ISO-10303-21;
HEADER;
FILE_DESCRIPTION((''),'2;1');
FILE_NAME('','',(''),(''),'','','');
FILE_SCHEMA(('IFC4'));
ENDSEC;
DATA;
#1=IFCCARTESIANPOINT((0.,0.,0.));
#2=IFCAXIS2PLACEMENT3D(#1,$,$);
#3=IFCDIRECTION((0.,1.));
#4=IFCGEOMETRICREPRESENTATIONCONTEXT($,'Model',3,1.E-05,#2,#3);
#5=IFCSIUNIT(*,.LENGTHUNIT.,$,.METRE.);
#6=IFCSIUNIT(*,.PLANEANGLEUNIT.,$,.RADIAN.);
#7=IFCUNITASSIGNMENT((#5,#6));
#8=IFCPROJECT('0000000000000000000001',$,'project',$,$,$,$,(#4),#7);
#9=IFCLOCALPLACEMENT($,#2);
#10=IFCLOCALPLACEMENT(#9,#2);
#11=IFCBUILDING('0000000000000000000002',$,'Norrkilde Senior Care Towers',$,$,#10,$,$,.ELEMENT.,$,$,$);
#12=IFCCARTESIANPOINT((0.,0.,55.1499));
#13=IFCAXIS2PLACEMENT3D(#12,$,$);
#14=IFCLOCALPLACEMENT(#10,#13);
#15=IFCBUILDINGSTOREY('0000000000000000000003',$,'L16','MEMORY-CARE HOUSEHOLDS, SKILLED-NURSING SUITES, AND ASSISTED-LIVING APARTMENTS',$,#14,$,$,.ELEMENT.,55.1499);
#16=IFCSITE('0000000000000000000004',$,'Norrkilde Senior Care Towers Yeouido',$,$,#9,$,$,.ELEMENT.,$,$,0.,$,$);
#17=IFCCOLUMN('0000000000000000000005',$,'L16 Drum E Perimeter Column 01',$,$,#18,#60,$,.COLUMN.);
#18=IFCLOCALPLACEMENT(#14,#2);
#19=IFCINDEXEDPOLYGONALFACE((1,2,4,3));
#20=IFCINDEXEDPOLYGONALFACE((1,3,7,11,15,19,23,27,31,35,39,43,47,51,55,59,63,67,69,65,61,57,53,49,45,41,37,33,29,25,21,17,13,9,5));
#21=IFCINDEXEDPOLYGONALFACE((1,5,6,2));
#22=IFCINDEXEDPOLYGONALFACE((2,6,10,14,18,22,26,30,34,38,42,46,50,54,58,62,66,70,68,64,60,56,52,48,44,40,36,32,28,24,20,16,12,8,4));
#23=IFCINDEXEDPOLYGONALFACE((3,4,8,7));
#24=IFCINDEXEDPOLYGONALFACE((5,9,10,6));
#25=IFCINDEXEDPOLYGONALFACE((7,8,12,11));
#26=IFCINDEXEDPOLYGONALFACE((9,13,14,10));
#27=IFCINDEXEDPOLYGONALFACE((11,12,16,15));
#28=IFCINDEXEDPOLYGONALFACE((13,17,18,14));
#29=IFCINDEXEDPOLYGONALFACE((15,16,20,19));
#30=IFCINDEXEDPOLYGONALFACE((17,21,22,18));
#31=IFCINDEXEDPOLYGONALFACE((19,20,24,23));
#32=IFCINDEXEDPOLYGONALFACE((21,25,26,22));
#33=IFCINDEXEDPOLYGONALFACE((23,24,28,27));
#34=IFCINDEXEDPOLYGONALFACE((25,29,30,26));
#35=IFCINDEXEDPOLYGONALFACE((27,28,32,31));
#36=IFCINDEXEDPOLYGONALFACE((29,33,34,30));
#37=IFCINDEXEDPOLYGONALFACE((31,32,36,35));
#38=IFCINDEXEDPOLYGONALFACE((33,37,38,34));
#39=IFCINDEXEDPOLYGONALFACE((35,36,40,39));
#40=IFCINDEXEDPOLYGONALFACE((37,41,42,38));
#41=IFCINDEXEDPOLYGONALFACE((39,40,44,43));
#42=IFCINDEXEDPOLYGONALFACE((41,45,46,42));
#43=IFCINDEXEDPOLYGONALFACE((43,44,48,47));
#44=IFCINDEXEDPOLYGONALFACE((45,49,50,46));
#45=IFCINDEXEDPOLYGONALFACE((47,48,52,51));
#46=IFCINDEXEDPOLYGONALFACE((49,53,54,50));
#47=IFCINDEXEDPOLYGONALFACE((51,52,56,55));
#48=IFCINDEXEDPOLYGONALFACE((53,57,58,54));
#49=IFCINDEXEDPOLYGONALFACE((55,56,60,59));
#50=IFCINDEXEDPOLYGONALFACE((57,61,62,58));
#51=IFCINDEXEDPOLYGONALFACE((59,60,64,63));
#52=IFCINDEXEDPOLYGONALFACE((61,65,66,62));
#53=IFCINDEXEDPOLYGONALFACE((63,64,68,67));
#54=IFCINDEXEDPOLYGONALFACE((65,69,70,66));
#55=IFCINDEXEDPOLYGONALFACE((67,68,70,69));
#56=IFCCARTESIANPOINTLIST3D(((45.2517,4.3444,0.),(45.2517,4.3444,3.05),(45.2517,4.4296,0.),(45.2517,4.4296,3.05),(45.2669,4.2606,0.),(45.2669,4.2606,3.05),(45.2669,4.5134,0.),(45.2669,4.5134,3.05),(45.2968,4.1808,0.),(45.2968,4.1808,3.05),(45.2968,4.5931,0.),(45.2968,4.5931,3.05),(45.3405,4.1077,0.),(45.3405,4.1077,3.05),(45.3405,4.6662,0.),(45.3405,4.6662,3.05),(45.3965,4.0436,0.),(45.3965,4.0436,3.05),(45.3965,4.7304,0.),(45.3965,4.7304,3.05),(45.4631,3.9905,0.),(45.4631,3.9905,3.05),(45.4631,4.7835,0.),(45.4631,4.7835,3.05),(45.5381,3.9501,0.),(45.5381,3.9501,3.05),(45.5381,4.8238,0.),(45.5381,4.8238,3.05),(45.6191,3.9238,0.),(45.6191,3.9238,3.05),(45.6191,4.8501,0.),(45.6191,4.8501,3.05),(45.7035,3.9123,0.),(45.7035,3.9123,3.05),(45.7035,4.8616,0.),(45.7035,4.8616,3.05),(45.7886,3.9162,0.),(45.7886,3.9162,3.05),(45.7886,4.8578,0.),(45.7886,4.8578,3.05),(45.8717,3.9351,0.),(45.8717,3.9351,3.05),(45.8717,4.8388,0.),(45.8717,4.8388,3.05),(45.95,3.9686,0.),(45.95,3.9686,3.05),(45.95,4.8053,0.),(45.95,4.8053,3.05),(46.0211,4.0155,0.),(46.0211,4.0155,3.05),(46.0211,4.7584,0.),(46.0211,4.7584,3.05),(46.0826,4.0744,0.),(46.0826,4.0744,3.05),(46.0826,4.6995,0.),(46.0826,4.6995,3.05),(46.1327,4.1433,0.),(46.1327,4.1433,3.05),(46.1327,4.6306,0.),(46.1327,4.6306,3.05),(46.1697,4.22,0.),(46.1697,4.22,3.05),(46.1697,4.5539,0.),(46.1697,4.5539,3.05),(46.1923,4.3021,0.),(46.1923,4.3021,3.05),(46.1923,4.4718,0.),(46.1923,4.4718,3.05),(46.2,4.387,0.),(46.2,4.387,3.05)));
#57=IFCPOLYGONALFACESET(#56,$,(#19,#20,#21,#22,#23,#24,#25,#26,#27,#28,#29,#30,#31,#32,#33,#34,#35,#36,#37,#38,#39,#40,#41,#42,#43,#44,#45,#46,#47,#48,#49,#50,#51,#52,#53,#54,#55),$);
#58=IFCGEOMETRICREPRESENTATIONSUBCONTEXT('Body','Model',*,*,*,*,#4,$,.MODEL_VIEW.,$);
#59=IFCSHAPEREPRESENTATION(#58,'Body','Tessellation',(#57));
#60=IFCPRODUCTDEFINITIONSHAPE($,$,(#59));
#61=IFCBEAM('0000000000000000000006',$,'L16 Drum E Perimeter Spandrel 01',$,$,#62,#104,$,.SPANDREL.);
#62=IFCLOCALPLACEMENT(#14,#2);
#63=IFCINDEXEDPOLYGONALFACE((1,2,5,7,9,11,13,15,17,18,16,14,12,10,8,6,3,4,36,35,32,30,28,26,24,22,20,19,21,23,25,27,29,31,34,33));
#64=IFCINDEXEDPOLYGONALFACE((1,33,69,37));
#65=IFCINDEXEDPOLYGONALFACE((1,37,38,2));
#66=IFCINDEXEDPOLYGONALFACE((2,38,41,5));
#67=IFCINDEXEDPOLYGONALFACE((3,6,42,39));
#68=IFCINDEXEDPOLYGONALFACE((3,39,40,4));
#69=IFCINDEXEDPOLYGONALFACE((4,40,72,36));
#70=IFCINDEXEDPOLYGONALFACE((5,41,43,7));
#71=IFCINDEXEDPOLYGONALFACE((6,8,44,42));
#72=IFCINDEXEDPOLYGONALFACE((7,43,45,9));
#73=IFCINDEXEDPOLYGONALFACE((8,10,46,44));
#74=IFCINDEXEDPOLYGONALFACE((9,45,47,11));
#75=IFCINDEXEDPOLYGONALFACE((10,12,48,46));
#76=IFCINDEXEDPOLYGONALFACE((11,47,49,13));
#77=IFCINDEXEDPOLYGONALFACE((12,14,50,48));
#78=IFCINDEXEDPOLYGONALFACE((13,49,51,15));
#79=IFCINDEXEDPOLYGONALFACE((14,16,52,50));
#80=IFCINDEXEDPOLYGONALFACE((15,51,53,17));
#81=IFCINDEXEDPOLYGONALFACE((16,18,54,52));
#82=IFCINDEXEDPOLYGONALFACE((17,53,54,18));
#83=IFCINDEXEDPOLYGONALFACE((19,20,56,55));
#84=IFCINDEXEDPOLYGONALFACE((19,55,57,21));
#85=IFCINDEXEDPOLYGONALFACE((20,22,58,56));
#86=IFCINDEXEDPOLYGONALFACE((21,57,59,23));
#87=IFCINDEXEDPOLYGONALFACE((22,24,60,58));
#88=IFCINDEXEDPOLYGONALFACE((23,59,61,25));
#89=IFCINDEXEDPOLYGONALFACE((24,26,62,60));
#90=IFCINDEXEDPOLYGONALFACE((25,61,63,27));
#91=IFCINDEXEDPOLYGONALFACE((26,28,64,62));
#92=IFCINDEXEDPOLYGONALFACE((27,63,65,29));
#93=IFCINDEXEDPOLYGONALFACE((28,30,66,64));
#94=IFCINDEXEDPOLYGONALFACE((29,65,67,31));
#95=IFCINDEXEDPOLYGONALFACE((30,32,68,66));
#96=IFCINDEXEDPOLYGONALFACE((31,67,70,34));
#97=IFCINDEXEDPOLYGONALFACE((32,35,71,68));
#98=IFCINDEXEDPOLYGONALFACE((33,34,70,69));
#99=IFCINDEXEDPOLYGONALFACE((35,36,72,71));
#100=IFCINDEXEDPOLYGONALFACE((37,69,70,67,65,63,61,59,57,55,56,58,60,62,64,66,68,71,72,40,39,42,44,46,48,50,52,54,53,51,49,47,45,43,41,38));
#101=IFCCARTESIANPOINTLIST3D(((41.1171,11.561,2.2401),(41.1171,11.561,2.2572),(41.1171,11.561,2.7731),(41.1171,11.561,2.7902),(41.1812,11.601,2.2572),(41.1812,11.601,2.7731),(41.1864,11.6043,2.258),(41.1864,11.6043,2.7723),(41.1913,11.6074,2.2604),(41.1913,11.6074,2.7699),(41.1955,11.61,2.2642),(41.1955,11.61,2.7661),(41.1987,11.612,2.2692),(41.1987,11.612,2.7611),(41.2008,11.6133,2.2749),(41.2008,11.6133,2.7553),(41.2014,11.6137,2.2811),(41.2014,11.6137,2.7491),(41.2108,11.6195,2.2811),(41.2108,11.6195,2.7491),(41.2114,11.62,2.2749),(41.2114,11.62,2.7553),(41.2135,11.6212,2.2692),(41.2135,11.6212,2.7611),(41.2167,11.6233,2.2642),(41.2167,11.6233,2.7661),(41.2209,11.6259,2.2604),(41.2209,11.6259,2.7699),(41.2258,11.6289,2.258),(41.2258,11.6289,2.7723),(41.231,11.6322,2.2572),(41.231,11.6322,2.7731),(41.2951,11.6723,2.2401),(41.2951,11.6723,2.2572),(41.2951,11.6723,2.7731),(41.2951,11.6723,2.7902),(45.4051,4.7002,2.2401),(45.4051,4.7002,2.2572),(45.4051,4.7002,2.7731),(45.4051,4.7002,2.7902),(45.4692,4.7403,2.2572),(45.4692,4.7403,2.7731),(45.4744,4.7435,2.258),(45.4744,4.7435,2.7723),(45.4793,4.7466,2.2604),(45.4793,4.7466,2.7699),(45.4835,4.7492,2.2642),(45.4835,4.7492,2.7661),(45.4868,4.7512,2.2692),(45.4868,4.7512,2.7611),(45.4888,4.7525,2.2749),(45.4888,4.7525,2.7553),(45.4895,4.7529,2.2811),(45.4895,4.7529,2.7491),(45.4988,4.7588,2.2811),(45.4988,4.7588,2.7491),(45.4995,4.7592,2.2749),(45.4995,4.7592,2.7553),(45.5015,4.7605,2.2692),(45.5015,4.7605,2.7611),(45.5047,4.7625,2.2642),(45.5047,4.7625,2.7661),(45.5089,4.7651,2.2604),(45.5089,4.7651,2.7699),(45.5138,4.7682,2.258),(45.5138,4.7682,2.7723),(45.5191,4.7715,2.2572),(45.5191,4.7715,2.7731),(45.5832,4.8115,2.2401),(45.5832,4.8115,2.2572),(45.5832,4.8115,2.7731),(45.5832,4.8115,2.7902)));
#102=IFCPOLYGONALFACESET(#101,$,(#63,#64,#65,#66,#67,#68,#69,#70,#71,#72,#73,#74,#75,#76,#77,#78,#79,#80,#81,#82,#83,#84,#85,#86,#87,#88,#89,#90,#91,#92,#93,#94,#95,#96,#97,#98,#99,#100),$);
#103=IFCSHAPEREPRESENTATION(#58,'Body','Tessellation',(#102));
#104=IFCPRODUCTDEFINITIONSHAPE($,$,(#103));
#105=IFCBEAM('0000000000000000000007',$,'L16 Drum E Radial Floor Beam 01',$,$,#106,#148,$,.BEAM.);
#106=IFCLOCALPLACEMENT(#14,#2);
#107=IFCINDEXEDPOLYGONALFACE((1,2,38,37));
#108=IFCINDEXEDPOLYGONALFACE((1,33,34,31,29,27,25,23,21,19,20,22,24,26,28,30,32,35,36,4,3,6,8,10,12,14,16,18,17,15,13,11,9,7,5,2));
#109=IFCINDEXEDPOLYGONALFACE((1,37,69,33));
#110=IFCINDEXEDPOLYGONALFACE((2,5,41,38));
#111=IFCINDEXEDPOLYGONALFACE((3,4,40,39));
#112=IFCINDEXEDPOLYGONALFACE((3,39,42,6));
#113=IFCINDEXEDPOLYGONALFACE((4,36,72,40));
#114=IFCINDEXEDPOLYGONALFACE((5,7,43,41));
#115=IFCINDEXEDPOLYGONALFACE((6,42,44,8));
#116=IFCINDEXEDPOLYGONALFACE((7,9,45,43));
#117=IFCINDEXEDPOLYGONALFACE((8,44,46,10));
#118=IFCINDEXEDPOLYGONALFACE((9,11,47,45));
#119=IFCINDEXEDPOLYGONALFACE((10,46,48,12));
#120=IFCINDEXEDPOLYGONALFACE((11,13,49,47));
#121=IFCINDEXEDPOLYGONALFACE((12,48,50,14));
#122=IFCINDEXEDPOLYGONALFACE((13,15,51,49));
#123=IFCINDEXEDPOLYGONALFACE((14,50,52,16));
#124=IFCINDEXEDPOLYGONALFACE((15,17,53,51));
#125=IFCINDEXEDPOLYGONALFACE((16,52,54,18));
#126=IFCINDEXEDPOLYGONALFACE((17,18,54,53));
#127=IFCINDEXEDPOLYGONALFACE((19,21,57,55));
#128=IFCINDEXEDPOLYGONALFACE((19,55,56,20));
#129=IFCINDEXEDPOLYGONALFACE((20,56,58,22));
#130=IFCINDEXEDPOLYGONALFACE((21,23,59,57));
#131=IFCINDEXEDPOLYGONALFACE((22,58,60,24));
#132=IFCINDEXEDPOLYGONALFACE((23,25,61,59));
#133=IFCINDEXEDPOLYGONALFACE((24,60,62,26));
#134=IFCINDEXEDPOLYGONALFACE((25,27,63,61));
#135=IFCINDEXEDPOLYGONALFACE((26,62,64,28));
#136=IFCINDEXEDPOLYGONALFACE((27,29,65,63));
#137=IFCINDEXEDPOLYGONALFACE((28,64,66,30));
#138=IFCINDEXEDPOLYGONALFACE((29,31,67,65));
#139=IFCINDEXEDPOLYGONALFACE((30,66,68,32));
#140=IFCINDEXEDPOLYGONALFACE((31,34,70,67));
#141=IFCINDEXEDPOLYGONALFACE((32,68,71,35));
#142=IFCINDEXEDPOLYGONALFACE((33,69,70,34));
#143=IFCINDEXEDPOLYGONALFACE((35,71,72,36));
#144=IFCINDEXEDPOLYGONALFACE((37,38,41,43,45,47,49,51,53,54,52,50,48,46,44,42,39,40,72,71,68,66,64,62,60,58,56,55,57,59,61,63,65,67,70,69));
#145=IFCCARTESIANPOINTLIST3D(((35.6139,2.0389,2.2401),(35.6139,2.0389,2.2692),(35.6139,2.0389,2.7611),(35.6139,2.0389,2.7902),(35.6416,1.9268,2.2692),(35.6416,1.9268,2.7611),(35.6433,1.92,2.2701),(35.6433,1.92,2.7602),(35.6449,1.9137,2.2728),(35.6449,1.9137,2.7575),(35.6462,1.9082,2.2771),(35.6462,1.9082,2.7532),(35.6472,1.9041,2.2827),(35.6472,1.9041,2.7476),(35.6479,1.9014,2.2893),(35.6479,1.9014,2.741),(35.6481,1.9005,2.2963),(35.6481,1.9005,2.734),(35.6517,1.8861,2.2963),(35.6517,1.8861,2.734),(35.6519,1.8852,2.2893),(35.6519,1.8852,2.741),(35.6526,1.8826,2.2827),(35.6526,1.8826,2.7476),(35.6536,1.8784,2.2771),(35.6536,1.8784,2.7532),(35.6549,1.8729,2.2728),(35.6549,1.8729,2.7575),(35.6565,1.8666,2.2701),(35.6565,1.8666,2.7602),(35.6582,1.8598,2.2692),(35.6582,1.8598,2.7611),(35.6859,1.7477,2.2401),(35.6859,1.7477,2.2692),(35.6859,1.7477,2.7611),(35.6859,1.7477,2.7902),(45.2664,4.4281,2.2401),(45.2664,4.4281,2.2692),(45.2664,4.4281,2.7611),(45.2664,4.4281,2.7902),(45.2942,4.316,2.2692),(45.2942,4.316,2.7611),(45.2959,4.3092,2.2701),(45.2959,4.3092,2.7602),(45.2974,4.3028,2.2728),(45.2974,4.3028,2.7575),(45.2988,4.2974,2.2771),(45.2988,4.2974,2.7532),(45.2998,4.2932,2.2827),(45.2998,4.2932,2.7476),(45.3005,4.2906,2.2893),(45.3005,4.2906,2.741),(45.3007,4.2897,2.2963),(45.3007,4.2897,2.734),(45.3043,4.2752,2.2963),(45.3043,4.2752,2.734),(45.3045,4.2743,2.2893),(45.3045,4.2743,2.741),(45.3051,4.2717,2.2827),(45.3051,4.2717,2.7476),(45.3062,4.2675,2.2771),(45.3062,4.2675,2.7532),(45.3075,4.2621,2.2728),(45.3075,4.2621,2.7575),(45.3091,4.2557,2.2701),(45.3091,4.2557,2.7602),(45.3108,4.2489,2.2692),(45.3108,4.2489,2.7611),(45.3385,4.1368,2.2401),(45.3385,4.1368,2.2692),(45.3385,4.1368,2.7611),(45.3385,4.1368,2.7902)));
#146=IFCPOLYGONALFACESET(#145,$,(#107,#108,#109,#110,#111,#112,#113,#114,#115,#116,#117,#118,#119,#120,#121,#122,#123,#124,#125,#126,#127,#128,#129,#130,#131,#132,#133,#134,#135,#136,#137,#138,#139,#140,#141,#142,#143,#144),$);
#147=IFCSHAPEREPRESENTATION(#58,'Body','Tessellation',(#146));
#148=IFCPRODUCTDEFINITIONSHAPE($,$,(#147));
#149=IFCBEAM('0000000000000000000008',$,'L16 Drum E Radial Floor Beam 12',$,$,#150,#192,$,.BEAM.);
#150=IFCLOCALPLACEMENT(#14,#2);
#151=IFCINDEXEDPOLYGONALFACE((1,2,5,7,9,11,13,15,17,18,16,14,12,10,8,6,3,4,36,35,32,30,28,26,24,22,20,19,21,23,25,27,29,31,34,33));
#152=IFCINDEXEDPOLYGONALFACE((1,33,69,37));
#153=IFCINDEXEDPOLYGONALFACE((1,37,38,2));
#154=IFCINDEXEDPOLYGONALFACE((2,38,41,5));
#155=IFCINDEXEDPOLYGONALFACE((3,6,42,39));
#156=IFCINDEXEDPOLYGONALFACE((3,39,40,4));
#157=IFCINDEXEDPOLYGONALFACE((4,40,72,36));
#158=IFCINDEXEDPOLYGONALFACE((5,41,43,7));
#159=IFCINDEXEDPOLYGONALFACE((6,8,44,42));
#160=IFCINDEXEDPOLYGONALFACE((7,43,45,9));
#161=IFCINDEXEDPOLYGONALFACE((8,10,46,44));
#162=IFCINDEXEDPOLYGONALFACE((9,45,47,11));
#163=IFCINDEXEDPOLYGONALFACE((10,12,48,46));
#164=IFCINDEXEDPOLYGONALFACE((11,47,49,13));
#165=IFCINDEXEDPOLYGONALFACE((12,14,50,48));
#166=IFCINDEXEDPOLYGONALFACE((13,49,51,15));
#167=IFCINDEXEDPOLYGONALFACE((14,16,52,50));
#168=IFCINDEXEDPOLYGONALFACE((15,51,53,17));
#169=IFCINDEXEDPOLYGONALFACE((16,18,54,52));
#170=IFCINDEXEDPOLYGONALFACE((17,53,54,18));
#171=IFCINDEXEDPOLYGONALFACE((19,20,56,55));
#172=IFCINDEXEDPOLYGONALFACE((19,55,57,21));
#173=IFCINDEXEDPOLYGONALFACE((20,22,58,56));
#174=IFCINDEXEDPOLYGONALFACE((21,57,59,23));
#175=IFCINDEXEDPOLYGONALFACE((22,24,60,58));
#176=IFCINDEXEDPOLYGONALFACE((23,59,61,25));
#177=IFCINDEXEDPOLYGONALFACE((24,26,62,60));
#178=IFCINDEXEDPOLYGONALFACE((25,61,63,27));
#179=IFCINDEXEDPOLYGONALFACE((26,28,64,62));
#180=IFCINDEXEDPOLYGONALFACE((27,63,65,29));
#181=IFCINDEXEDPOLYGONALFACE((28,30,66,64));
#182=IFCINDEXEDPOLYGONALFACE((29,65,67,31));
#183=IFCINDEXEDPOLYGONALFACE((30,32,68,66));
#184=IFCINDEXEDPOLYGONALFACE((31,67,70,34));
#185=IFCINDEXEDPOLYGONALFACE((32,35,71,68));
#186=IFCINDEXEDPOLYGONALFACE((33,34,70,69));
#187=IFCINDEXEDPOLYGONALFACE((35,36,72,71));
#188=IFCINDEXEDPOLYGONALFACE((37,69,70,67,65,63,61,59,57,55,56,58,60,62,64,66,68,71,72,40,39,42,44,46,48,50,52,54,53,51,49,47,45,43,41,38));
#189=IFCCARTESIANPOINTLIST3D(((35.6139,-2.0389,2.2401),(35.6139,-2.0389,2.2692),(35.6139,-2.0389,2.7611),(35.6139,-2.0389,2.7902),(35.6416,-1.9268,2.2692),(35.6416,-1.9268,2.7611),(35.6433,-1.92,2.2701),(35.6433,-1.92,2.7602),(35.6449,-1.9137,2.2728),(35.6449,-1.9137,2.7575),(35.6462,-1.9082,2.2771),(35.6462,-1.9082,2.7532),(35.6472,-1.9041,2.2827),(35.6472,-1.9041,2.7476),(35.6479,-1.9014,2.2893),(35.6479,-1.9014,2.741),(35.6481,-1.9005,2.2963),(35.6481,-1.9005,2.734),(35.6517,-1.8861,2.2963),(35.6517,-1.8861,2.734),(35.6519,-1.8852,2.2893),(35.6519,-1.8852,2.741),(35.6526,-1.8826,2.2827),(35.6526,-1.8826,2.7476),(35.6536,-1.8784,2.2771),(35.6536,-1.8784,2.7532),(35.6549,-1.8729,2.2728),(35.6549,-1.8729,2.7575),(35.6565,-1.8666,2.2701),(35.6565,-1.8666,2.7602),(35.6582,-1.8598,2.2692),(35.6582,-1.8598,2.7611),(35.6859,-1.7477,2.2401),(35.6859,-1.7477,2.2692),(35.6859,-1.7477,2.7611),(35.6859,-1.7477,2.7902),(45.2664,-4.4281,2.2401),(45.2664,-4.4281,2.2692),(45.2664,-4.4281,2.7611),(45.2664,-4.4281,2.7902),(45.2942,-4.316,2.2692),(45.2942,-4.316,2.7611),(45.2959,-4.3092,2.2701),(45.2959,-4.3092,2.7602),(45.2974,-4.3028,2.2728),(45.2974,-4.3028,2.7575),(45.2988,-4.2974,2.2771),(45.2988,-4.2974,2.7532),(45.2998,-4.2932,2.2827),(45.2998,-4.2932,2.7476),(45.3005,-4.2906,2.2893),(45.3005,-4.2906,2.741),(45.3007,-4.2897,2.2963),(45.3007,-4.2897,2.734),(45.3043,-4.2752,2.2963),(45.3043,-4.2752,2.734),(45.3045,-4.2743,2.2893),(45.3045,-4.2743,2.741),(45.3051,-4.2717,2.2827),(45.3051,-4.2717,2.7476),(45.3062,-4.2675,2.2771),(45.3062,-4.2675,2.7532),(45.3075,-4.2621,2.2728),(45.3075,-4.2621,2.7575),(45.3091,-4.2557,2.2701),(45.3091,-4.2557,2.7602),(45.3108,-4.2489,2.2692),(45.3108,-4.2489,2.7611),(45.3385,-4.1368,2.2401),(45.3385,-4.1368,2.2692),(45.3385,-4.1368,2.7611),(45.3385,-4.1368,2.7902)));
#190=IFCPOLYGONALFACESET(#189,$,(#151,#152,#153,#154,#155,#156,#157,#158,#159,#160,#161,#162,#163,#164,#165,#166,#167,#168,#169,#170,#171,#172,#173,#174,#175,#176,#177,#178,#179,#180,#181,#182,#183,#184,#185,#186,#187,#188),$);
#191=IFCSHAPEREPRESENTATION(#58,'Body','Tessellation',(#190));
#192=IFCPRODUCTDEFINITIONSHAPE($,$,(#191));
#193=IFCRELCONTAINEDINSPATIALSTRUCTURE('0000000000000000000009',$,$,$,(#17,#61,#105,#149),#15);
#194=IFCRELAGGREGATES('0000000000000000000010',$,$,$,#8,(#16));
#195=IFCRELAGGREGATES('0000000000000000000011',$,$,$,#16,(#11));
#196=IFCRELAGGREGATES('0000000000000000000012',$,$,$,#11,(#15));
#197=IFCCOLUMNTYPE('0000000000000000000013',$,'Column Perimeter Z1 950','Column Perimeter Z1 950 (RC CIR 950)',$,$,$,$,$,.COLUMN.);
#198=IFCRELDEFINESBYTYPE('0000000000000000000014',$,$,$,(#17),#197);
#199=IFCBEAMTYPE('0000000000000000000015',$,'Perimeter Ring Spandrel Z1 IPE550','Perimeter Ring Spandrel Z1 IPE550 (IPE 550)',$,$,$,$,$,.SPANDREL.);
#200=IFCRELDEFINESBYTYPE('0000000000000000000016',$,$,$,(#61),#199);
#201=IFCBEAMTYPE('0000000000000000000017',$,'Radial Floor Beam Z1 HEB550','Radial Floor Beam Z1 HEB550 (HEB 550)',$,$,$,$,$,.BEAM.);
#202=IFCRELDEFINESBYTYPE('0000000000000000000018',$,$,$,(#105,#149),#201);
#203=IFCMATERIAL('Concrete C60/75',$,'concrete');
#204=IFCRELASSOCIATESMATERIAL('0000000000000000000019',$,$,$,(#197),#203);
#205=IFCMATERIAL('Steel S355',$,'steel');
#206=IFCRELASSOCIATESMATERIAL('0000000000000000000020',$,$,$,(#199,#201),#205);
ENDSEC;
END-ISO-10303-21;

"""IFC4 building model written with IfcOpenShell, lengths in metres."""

from ifc_helpers import new_model, si_unit, direction, frame, origin, origin_2d, place, context, subcontext, project, spatial, circle, i_section, extrude, source, transform, mapped, material, material_profile, profile_set, type_object, type_shapes, element, save


model = new_model("IFC4")

# Units and contexts
model_context = context("Model", 3, precision=1e-05, world=origin(), true_north=direction((0.0, 1.0)))
body_context = subcontext(model_context, "Body", "Model", "MODEL_VIEW")
ifc_project = project(units=[si_unit("LENGTHUNIT", "METRE"), si_unit("PLANEANGLEUNIT", "RADIAN")], contexts=[model_context])

# Site, building, storey
site_placement = place(None, origin())
site = spatial("IfcSite", under=ifc_project, at=site_placement, Name="Norrkilde Senior Care Towers Yeouido", CompositionType="ELEMENT", RefElevation=0.0)
building_placement = place(site_placement, origin())
building = spatial("IfcBuilding", under=site, at=building_placement, Name="Norrkilde Senior Care Towers", CompositionType="ELEMENT")
storey_placement = place(building_placement, frame((0.0, 0.0, 55.1499)))
storey = spatial("IfcBuildingStorey", under=building, at=storey_placement, Name="L16", Description="MEMORY-CARE HOUSEHOLDS, SKILLED-NURSING SUITES, AND ASSISTED-LIVING APARTMENTS", CompositionType="ELEMENT", Elevation=55.1499)

# Column
ifc_material_1 = material(Name="Concrete C60/75", Category="concrete")
ifc_material_profile_1 = material_profile(ifc_material_1, circle(Radius=0.4751, at=origin_2d()), Name="RC CIR 950")
ifc_profile_set_1 = profile_set([ifc_material_profile_1], Name="Concrete C60/75")
column_type = type_object("IfcColumnType", Name="Column Perimeter Z1 950", Description="Column Perimeter Z1 950 (RC CIR 950)", PredefinedType="COLUMN", material=ifc_profile_set_1)
shared_shape_1 = source(origin(), body_context, "Body", "SweptSolid", [
    extrude(circle(Radius=0.4751, at=origin_2d()), origin(), (0.0, 0.0, 1.0), 3.05),
])
type_shapes(column_type, [shared_shape_1])
column_placement = place(storey_placement, frame((45.7249, 4.387, 0.0), z_axis=(0.0, 0.0, 1.0), x_axis=(1.0, 0.0, 0.0)))
element("IfcColumn", 1, at=column_placement, inside=storey, type_object=column_type, Name="L16 Drum E Perimeter Column 01", PredefinedType="COLUMN", context=body_context, shape_type="MappedRepresentation", body=[
    mapped(shared_shape_1, transform((0.0, 0.0, 0.0), x_axis=(1.0, 0.0, 0.0), y_axis=(0.0, 1.0, 0.0), z_axis=(0.0, 0.0, 1.0), scale=1.0)),
])

# Beams
ifc_material_2 = material(Name="Steel S355", Category="steel")
ifc_material_profile_2 = material_profile(ifc_material_2, i_section(OverallWidth=0.21, OverallDepth=0.55, WebThickness=0.011, FlangeThickness=0.0171, FilletRadius=0.0239, at=origin_2d()), Name="IPE 550")
ifc_profile_set_2 = profile_set([ifc_material_profile_2], Name="Steel S355")
beam_type_1 = type_object("IfcBeamType", Name="Perimeter Ring Spandrel Z1 IPE550", Description="Perimeter Ring Spandrel Z1 IPE550 (IPE 550)", PredefinedType="SPANDREL", material=ifc_profile_set_2)
shared_shape_2 = source(origin(), body_context, "Body", "SweptSolid", [
    extrude(i_section(OverallWidth=0.21, OverallDepth=0.55, WebThickness=0.011, FlangeThickness=0.0171, FilletRadius=0.0239, at=origin_2d()), origin(), (0.0, 0.0, 1.0), 8.0906),
])
type_shapes(beam_type_1, [shared_shape_2])
beam_1_placement = place(storey_placement, frame((45.4941, 4.7559, 2.5151), z_axis=(-0.530004, 0.847995, 0.0), x_axis=(-0.847995, -0.530004, 0.0)))
element("IfcBeam", 2, at=beam_1_placement, inside=storey, type_object=beam_type_1, Name="L16 Drum E Perimeter Spandrel 01", PredefinedType="SPANDREL", context=body_context, shape_type="MappedRepresentation", body=[
    mapped(shared_shape_2, transform((0.0, 0.0, 0.0), x_axis=(1.0, 0.0, 0.0), y_axis=(0.0, 1.0, 0.0), z_axis=(0.0, 0.0, 1.0), scale=1.0)),
])
ifc_material_profile_3 = material_profile(ifc_material_2, i_section(OverallWidth=0.3, OverallDepth=0.55, WebThickness=0.0149, FlangeThickness=0.0291, FilletRadius=0.0271, at=origin_2d()), Name="HEB 550")
ifc_profile_set_3 = profile_set([ifc_material_profile_3], Name="Steel S355")
beam_type_2 = type_object("IfcBeamType", Name="Radial Floor Beam Z1 HEB550", Description="Radial Floor Beam Z1 HEB550 (HEB 550)", PredefinedType="BEAM", material=ifc_profile_set_3)
shared_shape_3 = source(origin(), body_context, "Body", "SweptSolid", [
    extrude(i_section(OverallWidth=0.3, OverallDepth=0.55, WebThickness=0.0149, FlangeThickness=0.0291, FilletRadius=0.0271, at=origin_2d()), origin(), (0.0, 0.0, 1.0), 9.9438),
])
type_shapes(beam_type_2, [shared_shape_3])
for number, where, z_axis, x_axis, name in (
    (3, (35.6499, 1.8933, 2.5151), (0.970707, 0.240265, 0.0), (-0.240265, 0.970707, 0.0), "L16 Drum E Radial Floor Beam 01"),
    (4, (35.6499, -1.8933, 2.5151), (0.970707, -0.240265, 0.0), (0.240265, 0.970707, 0.0), "L16 Drum E Radial Floor Beam 12"),
):
    element("IfcBeam", number, at=place(storey_placement, frame(where, z_axis=z_axis, x_axis=x_axis)), inside=storey, type_object=beam_type_2, Name=name, PredefinedType="BEAM", context=body_context, shape_type="MappedRepresentation", body=[
        mapped(shared_shape_3, transform((0.0, 0.0, 0.0), x_axis=(1.0, 0.0, 0.0), y_axis=(0.0, 1.0, 0.0), z_axis=(0.0, 0.0, 1.0), scale=1.0)),
    ])

save(model, "model.ifc")
